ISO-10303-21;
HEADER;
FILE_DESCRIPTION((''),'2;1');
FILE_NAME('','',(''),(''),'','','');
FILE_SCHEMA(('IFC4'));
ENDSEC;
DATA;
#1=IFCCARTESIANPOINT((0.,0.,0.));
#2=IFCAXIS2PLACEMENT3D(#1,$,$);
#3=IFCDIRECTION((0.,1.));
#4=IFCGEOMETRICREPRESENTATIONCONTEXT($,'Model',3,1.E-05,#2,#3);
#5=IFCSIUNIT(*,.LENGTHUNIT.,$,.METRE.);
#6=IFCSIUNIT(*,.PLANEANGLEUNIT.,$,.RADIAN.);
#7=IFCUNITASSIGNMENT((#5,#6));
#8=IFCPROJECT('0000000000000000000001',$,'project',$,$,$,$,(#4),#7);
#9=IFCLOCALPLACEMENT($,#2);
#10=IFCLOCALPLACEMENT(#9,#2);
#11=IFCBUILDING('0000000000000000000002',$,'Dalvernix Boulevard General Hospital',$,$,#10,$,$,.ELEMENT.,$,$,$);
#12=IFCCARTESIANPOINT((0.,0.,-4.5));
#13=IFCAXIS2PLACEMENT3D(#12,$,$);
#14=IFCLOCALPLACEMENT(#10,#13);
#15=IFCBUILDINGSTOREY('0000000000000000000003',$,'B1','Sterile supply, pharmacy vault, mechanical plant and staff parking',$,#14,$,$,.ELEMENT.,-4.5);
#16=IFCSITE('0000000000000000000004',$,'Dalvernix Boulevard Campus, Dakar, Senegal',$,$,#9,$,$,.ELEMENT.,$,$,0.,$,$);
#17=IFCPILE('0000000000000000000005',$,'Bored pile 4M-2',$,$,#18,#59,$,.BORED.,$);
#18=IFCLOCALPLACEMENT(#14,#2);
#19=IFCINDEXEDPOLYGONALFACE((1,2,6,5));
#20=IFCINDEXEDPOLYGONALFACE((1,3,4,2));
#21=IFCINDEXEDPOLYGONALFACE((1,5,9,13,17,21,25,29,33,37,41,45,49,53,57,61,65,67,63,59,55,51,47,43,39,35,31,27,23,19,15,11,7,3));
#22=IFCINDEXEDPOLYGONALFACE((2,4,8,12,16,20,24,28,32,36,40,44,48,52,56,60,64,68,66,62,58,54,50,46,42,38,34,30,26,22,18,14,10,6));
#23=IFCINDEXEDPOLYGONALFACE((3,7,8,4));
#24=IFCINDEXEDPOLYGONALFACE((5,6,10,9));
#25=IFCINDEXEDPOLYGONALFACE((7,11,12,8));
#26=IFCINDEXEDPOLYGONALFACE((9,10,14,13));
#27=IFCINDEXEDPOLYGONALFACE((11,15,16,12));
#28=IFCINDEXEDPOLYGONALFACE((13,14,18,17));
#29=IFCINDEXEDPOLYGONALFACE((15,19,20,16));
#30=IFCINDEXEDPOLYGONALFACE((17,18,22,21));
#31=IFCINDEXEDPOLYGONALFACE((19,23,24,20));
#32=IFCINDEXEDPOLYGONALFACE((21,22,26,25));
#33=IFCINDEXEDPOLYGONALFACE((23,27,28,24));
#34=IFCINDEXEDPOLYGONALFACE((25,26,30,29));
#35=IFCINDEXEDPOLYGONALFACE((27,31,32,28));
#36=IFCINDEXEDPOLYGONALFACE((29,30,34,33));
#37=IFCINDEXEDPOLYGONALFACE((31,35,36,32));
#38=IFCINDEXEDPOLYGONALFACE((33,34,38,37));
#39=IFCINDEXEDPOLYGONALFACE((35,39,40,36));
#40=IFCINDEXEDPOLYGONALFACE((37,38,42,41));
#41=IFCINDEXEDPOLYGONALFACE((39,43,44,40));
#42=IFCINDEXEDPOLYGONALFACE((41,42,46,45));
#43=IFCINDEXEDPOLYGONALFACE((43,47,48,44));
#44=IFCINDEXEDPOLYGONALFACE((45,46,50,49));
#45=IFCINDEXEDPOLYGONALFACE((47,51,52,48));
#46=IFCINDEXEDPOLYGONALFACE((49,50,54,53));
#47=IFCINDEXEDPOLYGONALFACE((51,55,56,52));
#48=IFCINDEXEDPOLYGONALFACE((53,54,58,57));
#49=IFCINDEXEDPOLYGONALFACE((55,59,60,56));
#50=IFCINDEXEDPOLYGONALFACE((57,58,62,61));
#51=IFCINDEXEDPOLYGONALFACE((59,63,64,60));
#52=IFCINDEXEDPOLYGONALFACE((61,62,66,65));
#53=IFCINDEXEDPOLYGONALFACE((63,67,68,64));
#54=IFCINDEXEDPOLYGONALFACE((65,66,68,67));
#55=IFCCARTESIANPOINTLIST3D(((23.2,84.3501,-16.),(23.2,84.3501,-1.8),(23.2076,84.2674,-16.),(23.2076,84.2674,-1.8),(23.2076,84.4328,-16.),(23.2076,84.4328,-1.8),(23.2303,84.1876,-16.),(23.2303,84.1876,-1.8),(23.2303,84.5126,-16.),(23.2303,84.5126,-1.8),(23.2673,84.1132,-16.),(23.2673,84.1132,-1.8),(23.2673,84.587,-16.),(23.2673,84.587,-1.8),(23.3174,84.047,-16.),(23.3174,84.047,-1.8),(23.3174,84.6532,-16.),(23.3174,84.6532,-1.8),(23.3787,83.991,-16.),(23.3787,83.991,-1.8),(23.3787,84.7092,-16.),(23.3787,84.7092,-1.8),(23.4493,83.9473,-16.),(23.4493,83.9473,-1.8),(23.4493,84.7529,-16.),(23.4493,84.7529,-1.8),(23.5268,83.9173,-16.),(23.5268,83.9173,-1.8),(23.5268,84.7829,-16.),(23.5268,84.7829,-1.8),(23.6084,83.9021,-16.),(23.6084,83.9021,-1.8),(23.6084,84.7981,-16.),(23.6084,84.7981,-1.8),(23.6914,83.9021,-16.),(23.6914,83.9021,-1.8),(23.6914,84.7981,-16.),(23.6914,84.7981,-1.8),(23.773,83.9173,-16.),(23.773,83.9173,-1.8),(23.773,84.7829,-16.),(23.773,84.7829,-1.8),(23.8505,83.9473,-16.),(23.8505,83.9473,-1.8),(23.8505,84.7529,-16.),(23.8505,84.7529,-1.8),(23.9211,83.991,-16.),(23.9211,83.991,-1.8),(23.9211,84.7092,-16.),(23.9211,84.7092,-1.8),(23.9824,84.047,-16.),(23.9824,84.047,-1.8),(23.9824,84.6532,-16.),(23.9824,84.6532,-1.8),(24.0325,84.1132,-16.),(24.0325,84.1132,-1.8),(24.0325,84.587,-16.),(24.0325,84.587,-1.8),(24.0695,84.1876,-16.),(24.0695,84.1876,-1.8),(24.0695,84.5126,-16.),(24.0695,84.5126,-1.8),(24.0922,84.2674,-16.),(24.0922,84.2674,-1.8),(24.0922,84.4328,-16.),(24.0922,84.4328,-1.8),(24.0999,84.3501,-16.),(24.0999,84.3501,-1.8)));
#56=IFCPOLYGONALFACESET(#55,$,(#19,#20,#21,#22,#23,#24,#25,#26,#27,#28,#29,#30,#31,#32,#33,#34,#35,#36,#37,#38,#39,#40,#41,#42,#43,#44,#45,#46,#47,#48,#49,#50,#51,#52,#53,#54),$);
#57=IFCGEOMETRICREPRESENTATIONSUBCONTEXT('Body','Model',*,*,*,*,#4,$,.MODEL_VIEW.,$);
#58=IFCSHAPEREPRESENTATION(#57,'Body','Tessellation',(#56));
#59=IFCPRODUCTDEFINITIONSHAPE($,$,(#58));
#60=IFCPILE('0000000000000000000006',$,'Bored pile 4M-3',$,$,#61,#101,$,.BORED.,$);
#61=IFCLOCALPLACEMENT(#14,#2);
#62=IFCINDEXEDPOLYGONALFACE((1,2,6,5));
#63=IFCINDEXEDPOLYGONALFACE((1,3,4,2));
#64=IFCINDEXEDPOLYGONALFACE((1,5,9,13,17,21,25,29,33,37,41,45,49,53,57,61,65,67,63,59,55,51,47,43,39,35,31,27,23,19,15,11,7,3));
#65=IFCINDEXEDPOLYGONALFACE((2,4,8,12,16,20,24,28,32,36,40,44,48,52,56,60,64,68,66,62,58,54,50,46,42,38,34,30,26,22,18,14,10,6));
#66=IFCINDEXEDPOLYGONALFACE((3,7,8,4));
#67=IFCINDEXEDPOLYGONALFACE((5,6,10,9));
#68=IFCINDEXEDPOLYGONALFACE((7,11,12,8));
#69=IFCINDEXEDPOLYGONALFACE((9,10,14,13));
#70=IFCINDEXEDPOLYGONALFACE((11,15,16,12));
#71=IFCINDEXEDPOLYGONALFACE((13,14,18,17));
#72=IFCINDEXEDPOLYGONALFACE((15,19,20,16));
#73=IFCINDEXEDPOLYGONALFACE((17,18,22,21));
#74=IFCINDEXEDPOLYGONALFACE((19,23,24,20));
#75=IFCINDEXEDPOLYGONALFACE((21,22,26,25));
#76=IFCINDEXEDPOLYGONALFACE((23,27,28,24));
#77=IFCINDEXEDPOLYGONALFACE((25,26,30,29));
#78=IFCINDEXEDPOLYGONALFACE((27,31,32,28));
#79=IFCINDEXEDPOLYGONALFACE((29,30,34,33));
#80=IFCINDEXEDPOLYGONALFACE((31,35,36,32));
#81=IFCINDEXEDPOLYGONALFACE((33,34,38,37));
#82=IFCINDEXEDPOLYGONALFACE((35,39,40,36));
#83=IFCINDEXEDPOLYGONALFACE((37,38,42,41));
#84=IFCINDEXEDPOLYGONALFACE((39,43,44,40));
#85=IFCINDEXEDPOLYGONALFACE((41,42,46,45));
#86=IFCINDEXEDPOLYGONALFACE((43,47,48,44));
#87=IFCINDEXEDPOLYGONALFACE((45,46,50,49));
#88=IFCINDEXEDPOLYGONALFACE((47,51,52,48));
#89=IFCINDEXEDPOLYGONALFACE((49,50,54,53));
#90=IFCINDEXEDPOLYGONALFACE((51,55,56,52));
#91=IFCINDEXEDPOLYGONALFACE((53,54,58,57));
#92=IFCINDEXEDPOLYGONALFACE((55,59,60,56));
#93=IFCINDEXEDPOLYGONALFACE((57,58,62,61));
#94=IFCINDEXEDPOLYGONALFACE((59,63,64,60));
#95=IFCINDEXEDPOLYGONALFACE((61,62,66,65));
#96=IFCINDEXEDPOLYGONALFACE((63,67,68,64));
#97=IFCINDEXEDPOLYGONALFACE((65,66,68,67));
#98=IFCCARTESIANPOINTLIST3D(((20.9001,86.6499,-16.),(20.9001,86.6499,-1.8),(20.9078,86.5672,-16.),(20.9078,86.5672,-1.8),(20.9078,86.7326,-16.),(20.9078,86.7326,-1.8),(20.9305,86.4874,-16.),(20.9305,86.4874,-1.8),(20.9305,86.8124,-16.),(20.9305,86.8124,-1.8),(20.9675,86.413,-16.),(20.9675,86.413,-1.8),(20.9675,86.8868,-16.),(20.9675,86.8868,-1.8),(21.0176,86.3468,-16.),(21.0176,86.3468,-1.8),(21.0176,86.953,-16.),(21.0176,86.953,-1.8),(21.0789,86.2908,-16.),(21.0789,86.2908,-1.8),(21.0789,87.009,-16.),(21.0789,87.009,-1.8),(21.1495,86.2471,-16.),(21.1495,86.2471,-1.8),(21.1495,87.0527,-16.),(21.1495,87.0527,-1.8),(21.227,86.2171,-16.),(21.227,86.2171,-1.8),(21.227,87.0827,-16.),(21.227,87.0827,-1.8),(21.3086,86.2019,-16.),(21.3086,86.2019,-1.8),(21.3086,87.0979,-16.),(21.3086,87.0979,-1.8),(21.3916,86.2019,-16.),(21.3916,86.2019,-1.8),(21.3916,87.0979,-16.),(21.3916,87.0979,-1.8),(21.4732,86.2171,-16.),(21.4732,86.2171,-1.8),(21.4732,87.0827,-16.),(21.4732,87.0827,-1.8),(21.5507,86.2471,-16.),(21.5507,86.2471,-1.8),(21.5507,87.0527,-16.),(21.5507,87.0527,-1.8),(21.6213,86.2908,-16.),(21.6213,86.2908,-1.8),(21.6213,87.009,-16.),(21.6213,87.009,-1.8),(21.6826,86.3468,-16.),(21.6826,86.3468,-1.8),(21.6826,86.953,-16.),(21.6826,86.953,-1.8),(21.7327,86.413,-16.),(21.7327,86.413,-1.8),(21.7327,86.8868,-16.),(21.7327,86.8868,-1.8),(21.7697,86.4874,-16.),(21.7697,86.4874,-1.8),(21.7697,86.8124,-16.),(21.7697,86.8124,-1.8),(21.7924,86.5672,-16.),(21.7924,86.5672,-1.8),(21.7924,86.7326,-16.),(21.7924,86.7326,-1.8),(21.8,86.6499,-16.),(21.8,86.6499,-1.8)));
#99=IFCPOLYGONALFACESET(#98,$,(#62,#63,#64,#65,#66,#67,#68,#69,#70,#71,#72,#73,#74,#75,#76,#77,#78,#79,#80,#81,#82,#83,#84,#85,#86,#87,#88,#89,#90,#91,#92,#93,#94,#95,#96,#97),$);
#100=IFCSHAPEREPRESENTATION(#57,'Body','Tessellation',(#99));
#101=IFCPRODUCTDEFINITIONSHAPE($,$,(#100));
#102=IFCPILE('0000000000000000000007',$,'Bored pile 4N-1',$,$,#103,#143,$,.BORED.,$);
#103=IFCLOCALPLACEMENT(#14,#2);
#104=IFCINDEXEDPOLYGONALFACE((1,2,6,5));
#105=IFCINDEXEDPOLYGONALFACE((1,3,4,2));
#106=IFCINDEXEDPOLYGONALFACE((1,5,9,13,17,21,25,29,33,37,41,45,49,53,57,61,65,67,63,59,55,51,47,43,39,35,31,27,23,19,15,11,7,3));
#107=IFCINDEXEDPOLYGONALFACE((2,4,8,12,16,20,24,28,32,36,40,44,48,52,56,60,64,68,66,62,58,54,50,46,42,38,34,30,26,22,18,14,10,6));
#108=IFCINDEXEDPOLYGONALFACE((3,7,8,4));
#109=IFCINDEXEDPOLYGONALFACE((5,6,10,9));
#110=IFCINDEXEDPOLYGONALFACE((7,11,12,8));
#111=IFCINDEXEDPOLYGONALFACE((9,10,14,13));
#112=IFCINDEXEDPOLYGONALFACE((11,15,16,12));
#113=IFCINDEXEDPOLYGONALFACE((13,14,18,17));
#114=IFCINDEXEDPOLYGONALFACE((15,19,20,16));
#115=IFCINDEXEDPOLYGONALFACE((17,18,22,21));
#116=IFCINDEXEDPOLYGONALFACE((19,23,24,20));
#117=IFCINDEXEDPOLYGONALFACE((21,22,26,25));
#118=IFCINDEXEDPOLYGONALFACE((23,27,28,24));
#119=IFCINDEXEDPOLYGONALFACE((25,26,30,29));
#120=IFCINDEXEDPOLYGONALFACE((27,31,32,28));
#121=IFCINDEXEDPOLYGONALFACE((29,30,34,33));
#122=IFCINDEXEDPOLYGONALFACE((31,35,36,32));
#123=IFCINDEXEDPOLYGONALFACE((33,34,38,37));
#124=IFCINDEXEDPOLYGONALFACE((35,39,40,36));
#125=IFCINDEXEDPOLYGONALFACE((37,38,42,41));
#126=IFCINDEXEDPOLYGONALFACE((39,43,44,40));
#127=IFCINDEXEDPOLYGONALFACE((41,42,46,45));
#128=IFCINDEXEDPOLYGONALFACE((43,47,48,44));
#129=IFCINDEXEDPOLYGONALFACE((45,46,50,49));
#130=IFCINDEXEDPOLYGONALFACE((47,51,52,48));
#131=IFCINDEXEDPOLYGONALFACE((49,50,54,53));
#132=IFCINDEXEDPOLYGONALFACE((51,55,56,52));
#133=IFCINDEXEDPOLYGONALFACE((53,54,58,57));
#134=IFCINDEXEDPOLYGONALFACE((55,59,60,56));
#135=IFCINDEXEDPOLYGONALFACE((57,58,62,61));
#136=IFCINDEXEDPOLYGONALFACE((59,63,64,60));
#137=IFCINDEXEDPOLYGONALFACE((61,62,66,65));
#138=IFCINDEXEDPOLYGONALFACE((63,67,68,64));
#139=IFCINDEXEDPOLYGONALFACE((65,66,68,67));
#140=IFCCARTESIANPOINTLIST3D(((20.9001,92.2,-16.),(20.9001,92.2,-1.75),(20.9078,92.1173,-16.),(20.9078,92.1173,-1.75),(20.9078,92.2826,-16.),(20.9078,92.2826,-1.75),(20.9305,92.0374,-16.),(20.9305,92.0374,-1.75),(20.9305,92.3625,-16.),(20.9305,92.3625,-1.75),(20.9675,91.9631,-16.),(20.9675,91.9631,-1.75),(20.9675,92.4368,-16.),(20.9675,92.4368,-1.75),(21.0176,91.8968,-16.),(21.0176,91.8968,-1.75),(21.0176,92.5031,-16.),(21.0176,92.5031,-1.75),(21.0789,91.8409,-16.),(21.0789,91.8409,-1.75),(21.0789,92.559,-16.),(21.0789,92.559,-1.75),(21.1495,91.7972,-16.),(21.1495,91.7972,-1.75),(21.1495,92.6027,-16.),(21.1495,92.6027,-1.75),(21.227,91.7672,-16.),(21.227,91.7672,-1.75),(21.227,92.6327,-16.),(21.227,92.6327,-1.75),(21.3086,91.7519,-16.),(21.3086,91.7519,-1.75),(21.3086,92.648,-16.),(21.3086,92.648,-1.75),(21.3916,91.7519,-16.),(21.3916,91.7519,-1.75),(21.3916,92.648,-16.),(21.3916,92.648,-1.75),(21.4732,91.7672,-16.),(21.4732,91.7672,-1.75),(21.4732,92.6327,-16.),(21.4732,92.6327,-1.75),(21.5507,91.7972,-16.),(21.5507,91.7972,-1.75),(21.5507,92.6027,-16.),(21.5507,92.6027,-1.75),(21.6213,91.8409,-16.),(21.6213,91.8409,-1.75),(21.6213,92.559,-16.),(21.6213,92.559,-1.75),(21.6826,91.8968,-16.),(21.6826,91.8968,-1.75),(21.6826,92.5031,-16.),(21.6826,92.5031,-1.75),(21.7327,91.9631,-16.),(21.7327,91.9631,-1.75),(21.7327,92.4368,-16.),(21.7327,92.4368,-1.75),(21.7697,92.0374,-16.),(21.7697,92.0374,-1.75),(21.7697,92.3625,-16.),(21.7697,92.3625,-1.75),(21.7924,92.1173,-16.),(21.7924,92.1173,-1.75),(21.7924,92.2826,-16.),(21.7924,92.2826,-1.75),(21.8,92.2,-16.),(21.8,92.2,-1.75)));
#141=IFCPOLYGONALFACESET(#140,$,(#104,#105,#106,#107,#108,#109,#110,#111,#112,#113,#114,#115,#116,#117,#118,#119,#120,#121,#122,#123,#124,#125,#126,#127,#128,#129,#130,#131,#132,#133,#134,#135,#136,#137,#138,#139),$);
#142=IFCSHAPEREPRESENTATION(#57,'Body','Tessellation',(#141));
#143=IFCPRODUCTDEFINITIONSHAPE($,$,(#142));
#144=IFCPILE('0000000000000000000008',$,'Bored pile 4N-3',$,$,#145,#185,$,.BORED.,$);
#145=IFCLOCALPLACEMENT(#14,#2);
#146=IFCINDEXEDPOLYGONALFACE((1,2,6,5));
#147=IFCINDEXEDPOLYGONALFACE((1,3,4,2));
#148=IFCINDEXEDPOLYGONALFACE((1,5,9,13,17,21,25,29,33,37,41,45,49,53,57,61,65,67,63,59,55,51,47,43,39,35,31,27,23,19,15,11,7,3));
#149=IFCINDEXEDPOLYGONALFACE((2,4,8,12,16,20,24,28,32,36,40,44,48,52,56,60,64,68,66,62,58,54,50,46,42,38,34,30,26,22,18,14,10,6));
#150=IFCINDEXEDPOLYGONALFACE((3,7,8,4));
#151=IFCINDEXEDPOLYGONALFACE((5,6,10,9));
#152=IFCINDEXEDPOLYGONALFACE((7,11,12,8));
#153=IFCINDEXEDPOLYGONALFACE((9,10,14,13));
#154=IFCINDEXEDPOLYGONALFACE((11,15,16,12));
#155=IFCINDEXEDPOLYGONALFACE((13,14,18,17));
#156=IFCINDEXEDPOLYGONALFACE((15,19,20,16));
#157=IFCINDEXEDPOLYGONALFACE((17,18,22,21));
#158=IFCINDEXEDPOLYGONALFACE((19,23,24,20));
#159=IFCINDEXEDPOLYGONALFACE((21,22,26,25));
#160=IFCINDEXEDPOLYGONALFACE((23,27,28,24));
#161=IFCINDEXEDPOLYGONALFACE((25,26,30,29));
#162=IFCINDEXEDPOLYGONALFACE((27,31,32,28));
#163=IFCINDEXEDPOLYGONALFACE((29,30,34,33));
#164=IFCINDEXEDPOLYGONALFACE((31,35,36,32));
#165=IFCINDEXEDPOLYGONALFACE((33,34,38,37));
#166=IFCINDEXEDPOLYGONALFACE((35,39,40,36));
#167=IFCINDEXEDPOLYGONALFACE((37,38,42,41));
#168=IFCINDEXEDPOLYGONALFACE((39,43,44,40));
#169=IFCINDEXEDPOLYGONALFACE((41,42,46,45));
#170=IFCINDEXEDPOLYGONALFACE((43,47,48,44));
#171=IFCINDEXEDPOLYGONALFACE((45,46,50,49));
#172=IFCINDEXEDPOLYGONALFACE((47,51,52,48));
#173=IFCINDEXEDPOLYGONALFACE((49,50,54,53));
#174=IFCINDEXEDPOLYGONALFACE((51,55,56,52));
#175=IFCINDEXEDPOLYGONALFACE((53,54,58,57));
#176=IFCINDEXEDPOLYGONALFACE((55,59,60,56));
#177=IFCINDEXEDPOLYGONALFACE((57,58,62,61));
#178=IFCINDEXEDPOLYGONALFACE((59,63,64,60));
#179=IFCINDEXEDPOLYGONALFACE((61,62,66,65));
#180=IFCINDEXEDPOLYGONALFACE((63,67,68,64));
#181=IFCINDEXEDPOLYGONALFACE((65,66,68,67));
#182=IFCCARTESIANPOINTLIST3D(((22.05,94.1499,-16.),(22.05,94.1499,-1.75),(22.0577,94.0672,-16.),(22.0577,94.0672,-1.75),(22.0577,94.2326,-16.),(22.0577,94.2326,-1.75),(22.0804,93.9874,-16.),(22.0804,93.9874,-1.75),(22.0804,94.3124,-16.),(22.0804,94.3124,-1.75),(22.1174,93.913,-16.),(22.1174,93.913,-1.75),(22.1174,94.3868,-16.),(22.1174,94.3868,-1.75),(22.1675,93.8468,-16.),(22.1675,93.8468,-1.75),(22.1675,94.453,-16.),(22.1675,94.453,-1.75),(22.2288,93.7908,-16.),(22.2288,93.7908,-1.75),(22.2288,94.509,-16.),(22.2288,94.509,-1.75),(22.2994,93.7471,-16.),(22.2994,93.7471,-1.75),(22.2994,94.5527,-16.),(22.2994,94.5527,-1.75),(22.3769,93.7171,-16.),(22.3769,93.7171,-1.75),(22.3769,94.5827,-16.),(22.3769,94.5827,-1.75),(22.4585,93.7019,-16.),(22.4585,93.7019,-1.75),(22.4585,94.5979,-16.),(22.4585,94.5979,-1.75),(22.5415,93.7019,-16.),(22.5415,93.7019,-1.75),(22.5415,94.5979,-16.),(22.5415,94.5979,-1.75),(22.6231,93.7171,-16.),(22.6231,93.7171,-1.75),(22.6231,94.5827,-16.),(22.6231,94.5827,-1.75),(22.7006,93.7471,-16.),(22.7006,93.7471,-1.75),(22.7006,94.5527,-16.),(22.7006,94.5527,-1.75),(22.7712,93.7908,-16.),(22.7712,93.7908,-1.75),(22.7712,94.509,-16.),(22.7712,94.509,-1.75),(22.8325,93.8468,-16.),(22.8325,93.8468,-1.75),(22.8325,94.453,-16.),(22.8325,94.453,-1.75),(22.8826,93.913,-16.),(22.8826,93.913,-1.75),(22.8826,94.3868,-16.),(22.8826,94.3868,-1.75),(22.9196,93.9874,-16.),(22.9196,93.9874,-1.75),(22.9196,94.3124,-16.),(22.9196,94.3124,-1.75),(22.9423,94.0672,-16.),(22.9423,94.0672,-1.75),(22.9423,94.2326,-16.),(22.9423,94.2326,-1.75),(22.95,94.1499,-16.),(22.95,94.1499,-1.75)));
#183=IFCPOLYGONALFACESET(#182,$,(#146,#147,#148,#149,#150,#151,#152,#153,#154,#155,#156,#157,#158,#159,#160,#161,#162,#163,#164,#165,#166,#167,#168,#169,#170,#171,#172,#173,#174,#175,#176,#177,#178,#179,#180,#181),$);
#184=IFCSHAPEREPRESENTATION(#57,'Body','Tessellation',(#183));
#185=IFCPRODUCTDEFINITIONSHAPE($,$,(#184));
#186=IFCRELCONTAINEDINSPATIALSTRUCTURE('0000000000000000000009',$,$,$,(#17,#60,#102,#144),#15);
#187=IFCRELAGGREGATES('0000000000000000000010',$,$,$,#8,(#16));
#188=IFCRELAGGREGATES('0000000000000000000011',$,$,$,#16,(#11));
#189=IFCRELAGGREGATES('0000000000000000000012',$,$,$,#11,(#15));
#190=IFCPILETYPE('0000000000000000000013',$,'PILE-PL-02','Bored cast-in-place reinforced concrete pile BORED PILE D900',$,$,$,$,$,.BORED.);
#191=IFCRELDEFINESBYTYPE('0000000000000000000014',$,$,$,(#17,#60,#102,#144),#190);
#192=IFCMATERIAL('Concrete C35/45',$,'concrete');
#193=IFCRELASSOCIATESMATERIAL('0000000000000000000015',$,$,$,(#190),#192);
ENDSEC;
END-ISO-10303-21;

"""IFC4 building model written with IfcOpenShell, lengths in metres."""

from ifc_helpers import new_model, si_unit, direction, frame, origin, origin_2d, place, context, subcontext, project, spatial, circle, extrude, material, material_profile, profile_set, type_object, element, save


model = new_model("IFC4")

# Units and contexts
model_context = context("Model", 3, precision=1e-05, world=origin(), true_north=direction((0.0, 1.0)))
body_context = subcontext(model_context, "Body", "Model", "MODEL_VIEW")
ifc_project = project(units=[si_unit("LENGTHUNIT", "METRE"), si_unit("PLANEANGLEUNIT", "RADIAN")], contexts=[model_context])

# Site, building, storey
site_placement = place(None, origin())
site = spatial("IfcSite", under=ifc_project, at=site_placement, Name="Dalvernix Boulevard Campus, Dakar, Senegal", CompositionType="ELEMENT", RefElevation=0.0)
building_placement = place(site_placement, origin())
building = spatial("IfcBuilding", under=site, at=building_placement, Name="Dalvernix Boulevard General Hospital", CompositionType="ELEMENT")
storey_placement = place(building_placement, frame((0.0, 0.0, -4.5)))
storey = spatial("IfcBuildingStorey", under=building, at=storey_placement, Name="B1", Description="Sterile supply, pharmacy vault, mechanical plant and staff parking", CompositionType="ELEMENT", Elevation=-4.5)

# Shared definitions
ifc_material_1 = material(Name="Concrete C35/45", Category="concrete")

# Piles
ifc_material_profile_1 = material_profile(ifc_material_1, circle(Radius=0.45, at=origin_2d()), Name="BORED PILE D900")
ifc_profile_set_1 = profile_set([ifc_material_profile_1], Name="Concrete C35/45")
pile_type_1 = type_object("IfcPileType", Name="PILE-PL-02", Description="Bored cast-in-place reinforced concrete pile BORED PILE D900", PredefinedType="BORED", material=ifc_profile_set_1)
for number, where, z_axis, x_axis, name in (
    (1, (23.6499, 84.3501, -1.8), (0.0, 0.0, -1.0), (1.0, 0.0, 0.0), "Bored pile 4M-2"),
    (2, (21.3501, 86.6499, -1.8), (0.0, 0.0, -1.0), (1.0, 0.0, 0.0), "Bored pile 4M-3"),
):
    element("IfcPile", number, at=place(storey_placement, frame(where, z_axis=z_axis, x_axis=x_axis)), inside=storey, type_object=pile_type_1, Name=name, PredefinedType="BORED", context=body_context, shape_type="SweptSolid", body=[
        extrude(circle(Radius=0.45, at=origin_2d()), origin(), (0.0, 0.0, 1.0), 14.2),
    ])
for number, where, z_axis, x_axis, name in (
    (3, (21.3501, 92.2, -1.75), (0.0, 0.0, -1.0), (1.0, 0.0, 0.0), "Bored pile 4N-1"),
    (4, (22.5, 94.1499, -1.75), (0.0, 0.0, -1.0), (1.0, 0.0, 0.0), "Bored pile 4N-3"),
):
    element("IfcPile", number, at=place(storey_placement, frame(where, z_axis=z_axis, x_axis=x_axis)), inside=storey, type_object=pile_type_1, Name=name, PredefinedType="BORED", context=body_context, shape_type="SweptSolid", body=[
        extrude(circle(Radius=0.45, at=origin_2d()), origin(), (0.0, 0.0, 1.0), 14.25),
    ])

save(model, "model.ifc")
